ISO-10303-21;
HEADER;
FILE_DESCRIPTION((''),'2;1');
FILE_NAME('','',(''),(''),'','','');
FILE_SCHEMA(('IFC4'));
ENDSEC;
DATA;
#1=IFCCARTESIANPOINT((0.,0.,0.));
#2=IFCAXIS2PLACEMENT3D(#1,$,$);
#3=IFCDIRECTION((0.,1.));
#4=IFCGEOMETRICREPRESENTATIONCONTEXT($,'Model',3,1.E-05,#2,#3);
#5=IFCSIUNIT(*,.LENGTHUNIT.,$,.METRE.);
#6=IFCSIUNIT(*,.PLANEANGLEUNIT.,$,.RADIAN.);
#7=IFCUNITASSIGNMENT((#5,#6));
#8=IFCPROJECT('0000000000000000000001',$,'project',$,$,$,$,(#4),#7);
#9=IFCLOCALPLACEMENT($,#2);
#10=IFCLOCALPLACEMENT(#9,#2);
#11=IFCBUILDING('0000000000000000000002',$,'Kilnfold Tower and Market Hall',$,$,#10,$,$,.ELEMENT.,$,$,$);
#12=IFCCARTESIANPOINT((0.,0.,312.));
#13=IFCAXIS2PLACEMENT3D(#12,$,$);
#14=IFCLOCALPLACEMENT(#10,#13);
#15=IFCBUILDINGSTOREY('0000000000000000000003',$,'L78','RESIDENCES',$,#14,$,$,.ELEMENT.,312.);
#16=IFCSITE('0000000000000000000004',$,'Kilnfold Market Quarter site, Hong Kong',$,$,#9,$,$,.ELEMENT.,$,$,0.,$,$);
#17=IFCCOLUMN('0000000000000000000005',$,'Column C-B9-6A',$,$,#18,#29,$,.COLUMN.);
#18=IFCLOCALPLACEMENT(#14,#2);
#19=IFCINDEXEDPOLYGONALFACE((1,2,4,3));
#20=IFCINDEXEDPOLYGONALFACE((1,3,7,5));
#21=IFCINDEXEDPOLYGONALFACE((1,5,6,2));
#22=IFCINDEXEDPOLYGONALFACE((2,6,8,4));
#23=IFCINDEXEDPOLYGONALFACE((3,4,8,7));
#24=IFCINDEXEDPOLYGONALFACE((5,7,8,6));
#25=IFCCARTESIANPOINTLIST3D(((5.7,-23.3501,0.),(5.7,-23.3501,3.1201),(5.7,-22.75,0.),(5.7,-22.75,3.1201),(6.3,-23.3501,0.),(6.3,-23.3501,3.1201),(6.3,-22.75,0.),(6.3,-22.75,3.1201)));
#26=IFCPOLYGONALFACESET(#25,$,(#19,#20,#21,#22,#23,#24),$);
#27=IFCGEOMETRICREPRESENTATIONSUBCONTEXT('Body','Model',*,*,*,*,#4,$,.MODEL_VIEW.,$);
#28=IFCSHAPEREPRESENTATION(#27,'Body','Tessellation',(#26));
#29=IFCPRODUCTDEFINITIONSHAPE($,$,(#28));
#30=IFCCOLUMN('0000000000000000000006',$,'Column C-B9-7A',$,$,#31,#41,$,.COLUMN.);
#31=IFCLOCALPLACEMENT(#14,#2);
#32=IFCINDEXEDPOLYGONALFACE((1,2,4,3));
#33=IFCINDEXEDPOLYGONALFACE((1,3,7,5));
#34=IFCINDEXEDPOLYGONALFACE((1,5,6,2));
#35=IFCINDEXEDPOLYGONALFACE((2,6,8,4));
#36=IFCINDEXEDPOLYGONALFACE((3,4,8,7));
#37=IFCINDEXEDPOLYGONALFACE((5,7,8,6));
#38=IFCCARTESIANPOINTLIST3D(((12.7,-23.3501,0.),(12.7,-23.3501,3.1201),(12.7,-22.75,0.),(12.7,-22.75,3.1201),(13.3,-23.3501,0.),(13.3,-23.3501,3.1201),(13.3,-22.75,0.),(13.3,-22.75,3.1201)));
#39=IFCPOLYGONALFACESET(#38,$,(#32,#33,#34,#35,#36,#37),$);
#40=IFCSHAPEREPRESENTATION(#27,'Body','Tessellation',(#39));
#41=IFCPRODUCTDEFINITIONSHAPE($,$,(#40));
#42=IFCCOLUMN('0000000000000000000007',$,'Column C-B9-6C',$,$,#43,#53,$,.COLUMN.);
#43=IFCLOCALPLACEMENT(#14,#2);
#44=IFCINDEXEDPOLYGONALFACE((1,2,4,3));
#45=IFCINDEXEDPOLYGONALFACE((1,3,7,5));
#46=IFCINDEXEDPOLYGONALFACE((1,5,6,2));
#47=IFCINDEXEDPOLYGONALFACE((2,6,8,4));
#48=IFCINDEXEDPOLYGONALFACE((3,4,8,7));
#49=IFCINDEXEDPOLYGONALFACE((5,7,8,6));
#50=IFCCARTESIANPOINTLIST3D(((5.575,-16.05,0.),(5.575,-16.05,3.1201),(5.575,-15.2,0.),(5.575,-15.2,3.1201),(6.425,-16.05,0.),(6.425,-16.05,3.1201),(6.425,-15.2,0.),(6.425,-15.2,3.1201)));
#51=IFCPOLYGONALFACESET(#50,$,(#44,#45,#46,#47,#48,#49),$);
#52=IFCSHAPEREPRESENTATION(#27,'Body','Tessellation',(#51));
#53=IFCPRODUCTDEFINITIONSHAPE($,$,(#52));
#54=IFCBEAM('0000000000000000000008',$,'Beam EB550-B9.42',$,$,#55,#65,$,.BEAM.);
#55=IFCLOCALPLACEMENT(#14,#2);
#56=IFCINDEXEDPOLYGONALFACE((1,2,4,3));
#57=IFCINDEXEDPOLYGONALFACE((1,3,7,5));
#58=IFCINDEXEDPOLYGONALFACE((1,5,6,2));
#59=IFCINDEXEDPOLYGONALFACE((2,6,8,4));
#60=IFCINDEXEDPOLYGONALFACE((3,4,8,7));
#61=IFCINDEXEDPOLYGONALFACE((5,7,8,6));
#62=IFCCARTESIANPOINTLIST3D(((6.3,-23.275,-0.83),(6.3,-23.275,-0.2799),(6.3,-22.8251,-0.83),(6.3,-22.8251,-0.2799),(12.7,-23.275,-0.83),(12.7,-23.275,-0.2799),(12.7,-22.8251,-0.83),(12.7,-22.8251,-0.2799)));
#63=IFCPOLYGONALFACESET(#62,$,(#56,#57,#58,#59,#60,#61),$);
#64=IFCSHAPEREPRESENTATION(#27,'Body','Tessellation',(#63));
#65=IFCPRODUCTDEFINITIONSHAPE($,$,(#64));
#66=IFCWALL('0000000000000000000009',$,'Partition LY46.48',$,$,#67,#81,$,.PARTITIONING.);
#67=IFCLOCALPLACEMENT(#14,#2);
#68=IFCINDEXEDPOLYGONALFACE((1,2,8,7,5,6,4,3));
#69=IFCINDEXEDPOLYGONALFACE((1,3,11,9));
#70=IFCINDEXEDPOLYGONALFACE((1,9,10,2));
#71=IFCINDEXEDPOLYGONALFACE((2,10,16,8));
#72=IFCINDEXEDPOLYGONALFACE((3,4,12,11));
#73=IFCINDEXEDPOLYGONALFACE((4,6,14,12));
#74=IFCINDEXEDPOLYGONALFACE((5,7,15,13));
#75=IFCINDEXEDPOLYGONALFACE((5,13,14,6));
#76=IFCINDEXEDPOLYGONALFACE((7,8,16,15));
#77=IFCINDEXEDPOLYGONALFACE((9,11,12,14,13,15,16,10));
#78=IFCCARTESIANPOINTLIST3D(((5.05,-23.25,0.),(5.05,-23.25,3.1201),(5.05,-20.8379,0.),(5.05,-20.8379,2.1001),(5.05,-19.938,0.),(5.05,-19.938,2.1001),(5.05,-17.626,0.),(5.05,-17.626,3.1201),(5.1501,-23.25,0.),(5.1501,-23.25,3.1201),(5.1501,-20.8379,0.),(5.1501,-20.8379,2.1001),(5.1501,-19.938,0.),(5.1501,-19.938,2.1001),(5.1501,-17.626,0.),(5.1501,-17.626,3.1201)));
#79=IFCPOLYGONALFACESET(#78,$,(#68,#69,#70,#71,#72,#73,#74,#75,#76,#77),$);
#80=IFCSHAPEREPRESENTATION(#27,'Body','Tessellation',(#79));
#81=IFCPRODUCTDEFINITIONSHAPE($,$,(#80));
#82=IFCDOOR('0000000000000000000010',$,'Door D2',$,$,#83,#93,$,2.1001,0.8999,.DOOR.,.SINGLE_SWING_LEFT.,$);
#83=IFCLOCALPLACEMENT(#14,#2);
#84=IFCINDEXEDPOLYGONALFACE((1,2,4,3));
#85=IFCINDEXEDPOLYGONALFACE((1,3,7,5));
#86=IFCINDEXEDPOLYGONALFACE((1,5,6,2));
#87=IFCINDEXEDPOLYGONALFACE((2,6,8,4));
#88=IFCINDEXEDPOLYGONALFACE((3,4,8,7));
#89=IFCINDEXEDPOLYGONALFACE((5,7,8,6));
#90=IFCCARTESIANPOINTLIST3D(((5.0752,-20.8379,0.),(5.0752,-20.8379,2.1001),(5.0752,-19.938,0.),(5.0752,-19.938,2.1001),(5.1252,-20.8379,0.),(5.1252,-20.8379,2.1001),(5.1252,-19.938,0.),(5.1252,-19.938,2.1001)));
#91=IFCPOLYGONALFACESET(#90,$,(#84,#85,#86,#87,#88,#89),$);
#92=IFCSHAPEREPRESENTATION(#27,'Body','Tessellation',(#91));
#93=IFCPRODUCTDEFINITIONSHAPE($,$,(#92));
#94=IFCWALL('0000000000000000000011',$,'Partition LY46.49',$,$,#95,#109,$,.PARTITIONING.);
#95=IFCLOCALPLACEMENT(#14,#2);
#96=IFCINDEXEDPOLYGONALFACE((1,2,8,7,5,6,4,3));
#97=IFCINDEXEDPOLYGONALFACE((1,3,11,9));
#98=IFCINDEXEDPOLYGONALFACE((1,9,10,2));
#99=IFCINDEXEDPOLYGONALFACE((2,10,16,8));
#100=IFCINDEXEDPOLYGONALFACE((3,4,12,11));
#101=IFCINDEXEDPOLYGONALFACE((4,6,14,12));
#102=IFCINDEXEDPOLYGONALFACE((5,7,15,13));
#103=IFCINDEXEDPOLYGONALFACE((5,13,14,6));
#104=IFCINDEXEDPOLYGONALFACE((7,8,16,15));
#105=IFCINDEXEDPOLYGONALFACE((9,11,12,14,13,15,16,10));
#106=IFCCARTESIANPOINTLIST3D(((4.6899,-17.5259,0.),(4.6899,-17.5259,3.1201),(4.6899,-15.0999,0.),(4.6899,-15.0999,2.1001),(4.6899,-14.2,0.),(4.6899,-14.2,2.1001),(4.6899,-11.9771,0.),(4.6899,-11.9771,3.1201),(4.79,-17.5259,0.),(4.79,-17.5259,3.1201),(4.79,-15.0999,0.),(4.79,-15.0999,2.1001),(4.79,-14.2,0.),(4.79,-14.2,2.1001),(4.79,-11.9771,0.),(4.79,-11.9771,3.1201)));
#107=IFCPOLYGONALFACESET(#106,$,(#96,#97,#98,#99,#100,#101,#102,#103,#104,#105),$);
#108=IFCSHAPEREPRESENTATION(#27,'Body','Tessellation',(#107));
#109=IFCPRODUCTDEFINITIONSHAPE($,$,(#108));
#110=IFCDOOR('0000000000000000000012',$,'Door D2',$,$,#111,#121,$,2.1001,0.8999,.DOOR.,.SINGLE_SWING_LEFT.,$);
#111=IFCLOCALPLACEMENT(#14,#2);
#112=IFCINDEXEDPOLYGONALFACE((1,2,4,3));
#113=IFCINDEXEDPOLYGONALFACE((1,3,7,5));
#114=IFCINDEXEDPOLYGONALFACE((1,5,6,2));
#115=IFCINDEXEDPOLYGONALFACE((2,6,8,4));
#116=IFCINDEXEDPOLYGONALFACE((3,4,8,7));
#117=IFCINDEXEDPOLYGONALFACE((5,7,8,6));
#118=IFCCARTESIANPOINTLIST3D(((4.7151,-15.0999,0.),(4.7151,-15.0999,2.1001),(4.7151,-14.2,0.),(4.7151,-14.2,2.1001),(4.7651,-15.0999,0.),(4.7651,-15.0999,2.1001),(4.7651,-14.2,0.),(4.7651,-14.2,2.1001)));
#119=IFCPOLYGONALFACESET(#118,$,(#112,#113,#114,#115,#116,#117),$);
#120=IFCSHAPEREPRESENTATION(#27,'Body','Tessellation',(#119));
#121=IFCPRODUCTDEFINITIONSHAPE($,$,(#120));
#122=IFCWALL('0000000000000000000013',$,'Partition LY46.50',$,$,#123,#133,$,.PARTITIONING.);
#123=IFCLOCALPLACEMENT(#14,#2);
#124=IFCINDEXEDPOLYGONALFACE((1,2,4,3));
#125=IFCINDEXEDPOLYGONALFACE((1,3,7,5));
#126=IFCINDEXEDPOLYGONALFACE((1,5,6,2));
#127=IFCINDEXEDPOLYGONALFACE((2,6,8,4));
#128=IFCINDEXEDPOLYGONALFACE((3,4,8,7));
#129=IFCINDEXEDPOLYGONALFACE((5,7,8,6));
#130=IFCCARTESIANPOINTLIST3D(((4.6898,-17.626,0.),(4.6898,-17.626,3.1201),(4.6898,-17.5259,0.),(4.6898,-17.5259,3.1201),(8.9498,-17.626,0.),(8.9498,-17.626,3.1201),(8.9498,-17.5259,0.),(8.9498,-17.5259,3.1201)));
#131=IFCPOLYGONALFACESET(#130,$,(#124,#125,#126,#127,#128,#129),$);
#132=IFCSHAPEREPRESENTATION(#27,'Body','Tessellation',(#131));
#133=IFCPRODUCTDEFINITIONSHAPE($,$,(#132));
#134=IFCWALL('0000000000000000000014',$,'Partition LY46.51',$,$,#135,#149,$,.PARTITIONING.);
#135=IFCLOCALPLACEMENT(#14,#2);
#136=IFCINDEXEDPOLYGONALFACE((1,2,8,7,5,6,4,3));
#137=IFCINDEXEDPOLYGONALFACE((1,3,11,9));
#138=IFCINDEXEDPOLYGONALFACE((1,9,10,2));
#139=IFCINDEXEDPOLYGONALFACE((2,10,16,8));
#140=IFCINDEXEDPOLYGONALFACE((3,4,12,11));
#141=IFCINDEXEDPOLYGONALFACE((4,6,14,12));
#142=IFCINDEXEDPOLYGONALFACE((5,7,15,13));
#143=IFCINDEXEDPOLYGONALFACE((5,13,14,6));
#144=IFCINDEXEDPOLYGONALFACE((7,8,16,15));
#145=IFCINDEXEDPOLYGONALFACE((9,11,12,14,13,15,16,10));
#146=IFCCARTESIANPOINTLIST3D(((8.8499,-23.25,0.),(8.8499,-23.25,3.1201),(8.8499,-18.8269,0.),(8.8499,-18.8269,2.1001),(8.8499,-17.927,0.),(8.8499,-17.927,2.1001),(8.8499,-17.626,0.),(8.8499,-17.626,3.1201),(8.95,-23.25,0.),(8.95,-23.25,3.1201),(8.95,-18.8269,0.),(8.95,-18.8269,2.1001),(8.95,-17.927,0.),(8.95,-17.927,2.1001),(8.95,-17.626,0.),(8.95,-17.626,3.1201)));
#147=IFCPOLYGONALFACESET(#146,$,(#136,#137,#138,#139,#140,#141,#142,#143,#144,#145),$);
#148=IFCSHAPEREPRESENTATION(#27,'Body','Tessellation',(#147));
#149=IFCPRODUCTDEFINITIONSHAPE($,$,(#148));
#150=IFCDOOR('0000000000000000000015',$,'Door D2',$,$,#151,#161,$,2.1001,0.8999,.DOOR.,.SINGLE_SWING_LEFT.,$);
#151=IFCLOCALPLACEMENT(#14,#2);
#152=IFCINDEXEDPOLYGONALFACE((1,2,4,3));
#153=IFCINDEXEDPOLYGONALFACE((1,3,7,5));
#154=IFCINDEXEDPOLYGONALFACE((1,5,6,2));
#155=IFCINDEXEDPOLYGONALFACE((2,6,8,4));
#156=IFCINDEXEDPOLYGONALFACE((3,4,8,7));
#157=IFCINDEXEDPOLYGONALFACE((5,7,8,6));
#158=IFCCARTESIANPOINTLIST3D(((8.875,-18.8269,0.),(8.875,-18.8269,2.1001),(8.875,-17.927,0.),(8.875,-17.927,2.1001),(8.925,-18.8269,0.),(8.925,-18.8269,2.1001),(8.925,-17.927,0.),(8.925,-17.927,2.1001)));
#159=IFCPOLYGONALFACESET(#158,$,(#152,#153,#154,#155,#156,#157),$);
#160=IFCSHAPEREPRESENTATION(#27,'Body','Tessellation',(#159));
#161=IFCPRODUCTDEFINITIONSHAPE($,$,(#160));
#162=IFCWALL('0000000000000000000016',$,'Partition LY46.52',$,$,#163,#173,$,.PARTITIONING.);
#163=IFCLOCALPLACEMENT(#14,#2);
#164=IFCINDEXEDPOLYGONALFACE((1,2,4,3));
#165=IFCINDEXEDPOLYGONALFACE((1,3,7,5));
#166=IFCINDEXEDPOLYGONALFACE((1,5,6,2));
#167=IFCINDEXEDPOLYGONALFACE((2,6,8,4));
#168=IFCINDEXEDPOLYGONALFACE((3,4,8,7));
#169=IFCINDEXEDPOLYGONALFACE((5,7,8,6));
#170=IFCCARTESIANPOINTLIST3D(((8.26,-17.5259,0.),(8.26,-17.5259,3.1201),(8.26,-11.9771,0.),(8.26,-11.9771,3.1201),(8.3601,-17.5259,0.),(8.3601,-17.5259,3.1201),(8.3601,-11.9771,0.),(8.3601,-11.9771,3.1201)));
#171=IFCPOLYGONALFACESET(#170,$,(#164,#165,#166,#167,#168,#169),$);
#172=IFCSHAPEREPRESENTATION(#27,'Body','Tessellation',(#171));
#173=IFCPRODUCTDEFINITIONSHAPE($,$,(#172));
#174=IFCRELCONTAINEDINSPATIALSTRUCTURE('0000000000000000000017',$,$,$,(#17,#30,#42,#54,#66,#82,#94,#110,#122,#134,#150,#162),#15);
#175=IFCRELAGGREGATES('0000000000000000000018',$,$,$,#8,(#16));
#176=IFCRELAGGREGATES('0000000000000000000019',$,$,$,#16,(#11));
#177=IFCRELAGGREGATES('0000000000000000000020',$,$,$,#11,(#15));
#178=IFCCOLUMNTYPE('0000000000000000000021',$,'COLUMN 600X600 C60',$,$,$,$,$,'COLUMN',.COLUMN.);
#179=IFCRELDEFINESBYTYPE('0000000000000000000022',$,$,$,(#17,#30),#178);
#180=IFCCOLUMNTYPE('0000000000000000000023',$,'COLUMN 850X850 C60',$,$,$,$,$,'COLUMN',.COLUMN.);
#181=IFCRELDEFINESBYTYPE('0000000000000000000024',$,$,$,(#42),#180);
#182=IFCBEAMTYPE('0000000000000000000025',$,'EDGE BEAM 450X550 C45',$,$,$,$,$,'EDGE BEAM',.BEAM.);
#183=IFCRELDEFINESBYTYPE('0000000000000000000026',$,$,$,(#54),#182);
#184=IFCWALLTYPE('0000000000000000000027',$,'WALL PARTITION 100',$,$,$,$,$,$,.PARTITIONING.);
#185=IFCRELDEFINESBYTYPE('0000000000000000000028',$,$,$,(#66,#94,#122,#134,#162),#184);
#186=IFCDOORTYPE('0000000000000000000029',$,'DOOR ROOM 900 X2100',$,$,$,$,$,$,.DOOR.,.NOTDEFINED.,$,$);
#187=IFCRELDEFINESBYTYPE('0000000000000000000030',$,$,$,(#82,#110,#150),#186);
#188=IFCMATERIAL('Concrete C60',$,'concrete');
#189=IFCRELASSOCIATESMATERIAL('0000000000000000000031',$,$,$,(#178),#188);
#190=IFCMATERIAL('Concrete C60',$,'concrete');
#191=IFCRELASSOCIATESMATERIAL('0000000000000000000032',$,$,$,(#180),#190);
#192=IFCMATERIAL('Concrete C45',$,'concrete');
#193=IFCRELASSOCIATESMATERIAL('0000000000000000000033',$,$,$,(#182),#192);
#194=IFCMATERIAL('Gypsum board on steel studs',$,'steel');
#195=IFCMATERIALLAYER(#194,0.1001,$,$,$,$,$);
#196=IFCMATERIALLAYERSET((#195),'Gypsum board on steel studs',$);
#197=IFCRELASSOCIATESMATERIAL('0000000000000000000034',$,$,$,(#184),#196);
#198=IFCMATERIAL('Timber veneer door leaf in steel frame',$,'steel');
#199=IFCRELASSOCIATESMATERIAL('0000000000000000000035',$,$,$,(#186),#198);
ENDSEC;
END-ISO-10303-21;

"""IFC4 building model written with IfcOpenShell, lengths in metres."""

from ifc_helpers import new_model, si_unit, direction, frame, frame_2d, origin, origin_2d, place, context, subcontext, project, spatial, rectangle, extrude, source, transform, mapped, material, layer, layer_set, material_profile, profile_set, type_object, element, fill, save


model = new_model("IFC4")

# Units and contexts
model_context = context("Model", 3, precision=1e-05, world=origin(), true_north=direction((0.0, 1.0)))
body_context = subcontext(model_context, "Body", "Model", "MODEL_VIEW")
ifc_project = project(units=[si_unit("LENGTHUNIT", "METRE"), si_unit("PLANEANGLEUNIT", "RADIAN")], contexts=[model_context])

# Site, building, storey
site_placement = place(None, origin())
site = spatial("IfcSite", under=ifc_project, at=site_placement, Name="Kilnfold Market Quarter site, Hong Kong", CompositionType="ELEMENT", RefElevation=0.0)
building_placement = place(site_placement, origin())
building = spatial("IfcBuilding", under=site, at=building_placement, Name="Kilnfold Tower and Market Hall", CompositionType="ELEMENT")
storey_placement = place(building_placement, frame((0.0, 0.0, 312.0)))
storey = spatial("IfcBuildingStorey", under=building, at=storey_placement, Name="L78", Description="RESIDENCES", CompositionType="ELEMENT", Elevation=312.0)

# Columns
ifc_material_1 = material(Name="Concrete C60", Category="concrete")
ifc_material_profile_1 = material_profile(ifc_material_1, rectangle(XDim=0.6001, YDim=0.6001, at=origin_2d()), Name="RC 600x600")
ifc_profile_set_1 = profile_set([ifc_material_profile_1], Name="Concrete C60")
column_type_1 = type_object("IfcColumnType", Name="COLUMN 600X600 C60", ElementType="COLUMN", PredefinedType="COLUMN", material=ifc_profile_set_1)
shared_shape_1 = source(origin(), body_context, "Body", "SweptSolid", [
    extrude(rectangle(XDim=0.6001, YDim=0.6001, at=origin_2d()), origin(), (0.0, 0.0, 1.0), 3.1201),
])
for number, where, z_axis, x_axis, name in (
    (1, (6.0, -23.05, 0.0), (0.0, 0.0, 1.0), (1.0, 0.0, 0.0), "Column C-B9-6A"),
    (2, (13.0, -23.05, 0.0), (0.0, 0.0, 1.0), (1.0, 0.0, 0.0), "Column C-B9-7A"),
):
    element("IfcColumn", number, at=place(storey_placement, frame(where, z_axis=z_axis, x_axis=x_axis)), inside=storey, type_object=column_type_1, Name=name, PredefinedType="COLUMN", context=body_context, shape_type="MappedRepresentation", body=[
        mapped(shared_shape_1, transform((0.0, 0.0, 0.0))),
    ])
ifc_material_2 = material(Name="Concrete C60", Category="concrete")
ifc_material_profile_2 = material_profile(ifc_material_2, rectangle(XDim=0.8501, YDim=0.8501, at=origin_2d()), Name="RC 850x850")
ifc_profile_set_2 = profile_set([ifc_material_profile_2], Name="Concrete C60")
column_type_2 = type_object("IfcColumnType", Name="COLUMN 850X850 C60", ElementType="COLUMN", PredefinedType="COLUMN", material=ifc_profile_set_2)
shared_shape_2 = source(origin(), body_context, "Body", "SweptSolid", [
    extrude(rectangle(XDim=0.8501, YDim=0.8501, at=origin_2d()), origin(), (0.0, 0.0, 1.0), 3.1201),
])
column_placement = place(storey_placement, frame((6.0, -15.625, 0.0), z_axis=(0.0, 0.0, 1.0), x_axis=(1.0, 0.0, 0.0)))
element("IfcColumn", 3, at=column_placement, inside=storey, type_object=column_type_2, Name="Column C-B9-6C", PredefinedType="COLUMN", context=body_context, shape_type="MappedRepresentation", body=[
    mapped(shared_shape_2, transform((0.0, 0.0, 0.0))),
])

# Beam
ifc_material_3 = material(Name="Concrete C45", Category="concrete")
ifc_material_profile_3 = material_profile(ifc_material_3, rectangle(XDim=0.45, YDim=0.55, at=origin_2d()), Name="RC 450x550")
ifc_profile_set_3 = profile_set([ifc_material_profile_3], Name="Concrete C45")
beam_type = type_object("IfcBeamType", Name="EDGE BEAM 450X550 C45", ElementType="EDGE BEAM", PredefinedType="BEAM", material=ifc_profile_set_3)
shared_shape_3 = source(origin(), body_context, "Body", "SweptSolid", [
    extrude(rectangle(XDim=0.45, YDim=0.55, at=origin_2d()), origin(), (0.0, 0.0, 1.0), 6.3999),
])
beam_placement = place(storey_placement, frame((6.3, -23.05, -0.5549), z_axis=(1.0, 0.0, 0.0), x_axis=(0.0, 1.0, 0.0)))
element("IfcBeam", 4, at=beam_placement, inside=storey, type_object=beam_type, Name="Beam EB550-B9.42", PredefinedType="BEAM", context=body_context, shape_type="MappedRepresentation", body=[
    mapped(shared_shape_3, transform((0.0, 0.0, 0.0))),
])

# Walls, openings, doors
ifc_material_4 = material(Name="Gypsum board on steel studs", Category="steel")
ifc_layer_1 = layer(ifc_material_4, 0.1001)
ifc_layer_set_1 = layer_set([ifc_layer_1], Name="Gypsum board on steel studs")
wall_type_1 = type_object("IfcWallType", Name="WALL PARTITION 100", PredefinedType="PARTITIONING", material=ifc_layer_set_1)
wall_1_placement = place(storey_placement, frame((5.1001, -23.25, 0.0), z_axis=(0.0, 0.0, 1.0), x_axis=(0.0, 1.0, 0.0)))
wall_1 = element("IfcWall", 5, at=wall_1_placement, inside=storey, type_object=wall_type_1, Name="Partition LY46.48", PredefinedType="PARTITIONING", context=body_context, shape_type="SweptSolid", body=[
    extrude(rectangle(XDim=5.624, YDim=0.1001, at=frame_2d((2.812, 0.0))), origin(), (0.0, 0.0, 1.0), 3.1201),
])
opening_1_placement = place(wall_1_placement, frame((2.4121, 0.0, 0.0)))
opening_1 = element("IfcOpeningElement", 6, at=opening_1_placement, cuts=wall_1, PredefinedType="OPENING", context=body_context, shape_type="SweptSolid", body=[
    extrude(rectangle(XDim=0.8999, YDim=2.1001, at=frame_2d((0.45, 1.05))), frame((0.0, 0.0601, 0.0), z_axis=(0.0, -1.0, 0.0), x_axis=(1.0, 0.0, 0.0)), (0.0, 0.0, 1.0), 0.1201),
])
ifc_material_5 = material(Name="Timber veneer door leaf in steel frame", Category="steel")
door_type_1 = type_object("IfcDoorType", Name="DOOR ROOM 900 X2100", OperationType="NOTDEFINED", PredefinedType="DOOR", material=ifc_material_5)
door_1_placement = place(opening_1_placement, origin())
door_1 = element("IfcDoor", 7, at=door_1_placement, inside=storey, type_object=door_type_1, Name="Door D2", OperationType="SINGLE_SWING_LEFT", OverallHeight=2.1001, OverallWidth=0.8999, PredefinedType="DOOR", context=body_context, shape_type="SweptSolid", body=[
    extrude(rectangle(XDim=0.8999, YDim=2.1001, at=frame_2d((0.45, 1.05))), frame((0.0, 0.0249, 0.0), z_axis=(0.0, -1.0, 0.0), x_axis=(1.0, 0.0, 0.0)), (0.0, 0.0, 1.0), 0.05),
])
fill(opening_1, door_1)
wall_2_placement = place(storey_placement, frame((4.74, -17.5259, 0.0), z_axis=(0.0, 0.0, 1.0), x_axis=(0.0, 1.0, 0.0)))
wall_2 = element("IfcWall", 8, at=wall_2_placement, inside=storey, type_object=wall_type_1, Name="Partition LY46.49", PredefinedType="PARTITIONING", context=body_context, shape_type="SweptSolid", body=[
    extrude(rectangle(XDim=5.5488, YDim=0.1001, at=frame_2d((2.7744, 0.0))), origin(), (0.0, 0.0, 1.0), 3.1201),
])
opening_2_placement = place(wall_2_placement, frame((2.426, 0.0, 0.0)))
opening_2 = element("IfcOpeningElement", 9, at=opening_2_placement, cuts=wall_2, PredefinedType="OPENING", context=body_context, shape_type="SweptSolid", body=[
    extrude(rectangle(XDim=0.8999, YDim=2.1001, at=frame_2d((0.45, 1.05))), frame((0.0, 0.0601, 0.0), z_axis=(0.0, -1.0, 0.0), x_axis=(1.0, 0.0, 0.0)), (0.0, 0.0, 1.0), 0.1201),
])
door_2_placement = place(opening_2_placement, origin())
door_2 = element("IfcDoor", 10, at=door_2_placement, inside=storey, type_object=door_type_1, Name="Door D2", OperationType="SINGLE_SWING_LEFT", OverallHeight=2.1001, OverallWidth=0.8999, PredefinedType="DOOR", context=body_context, shape_type="SweptSolid", body=[
    extrude(rectangle(XDim=0.8999, YDim=2.1001, at=frame_2d((0.45, 1.05))), frame((0.0, 0.0249, 0.0), z_axis=(0.0, -1.0, 0.0), x_axis=(1.0, 0.0, 0.0)), (0.0, 0.0, 1.0), 0.05),
])
fill(opening_2, door_2)

# Wall
wall_3_placement = place(storey_placement, frame((4.6899, -17.5759, 0.0), z_axis=(0.0, 0.0, 1.0), x_axis=(1.0, 0.0, 0.0)))
element("IfcWall", 11, at=wall_3_placement, inside=storey, type_object=wall_type_1, Name="Partition LY46.50", PredefinedType="PARTITIONING", context=body_context, shape_type="SweptSolid", body=[
    extrude(rectangle(XDim=4.26, YDim=0.1001, at=frame_2d((2.1299, 0.0))), origin(), (0.0, 0.0, 1.0), 3.1201),
])

# Wall, opening, door
wall_4_placement = place(storey_placement, frame((8.8999, -23.25, 0.0), z_axis=(0.0, 0.0, 1.0), x_axis=(0.0, 1.0, 0.0)))
wall_4 = element("IfcWall", 12, at=wall_4_placement, inside=storey, type_object=wall_type_1, Name="Partition LY46.51", PredefinedType="PARTITIONING", context=body_context, shape_type="SweptSolid", body=[
    extrude(rectangle(XDim=5.624, YDim=0.1001, at=frame_2d((2.812, 0.0))), origin(), (0.0, 0.0, 1.0), 3.1201),
])
opening_3_placement = place(wall_4_placement, frame((4.4231, 0.0, 0.0)))
opening_3 = element("IfcOpeningElement", 13, at=opening_3_placement, cuts=wall_4, PredefinedType="OPENING", context=body_context, shape_type="SweptSolid", body=[
    extrude(rectangle(XDim=0.8999, YDim=2.1001, at=frame_2d((0.45, 1.05))), frame((0.0, 0.0601, 0.0), z_axis=(0.0, -1.0, 0.0), x_axis=(1.0, 0.0, 0.0)), (0.0, 0.0, 1.0), 0.1201),
])
door_3_placement = place(opening_3_placement, origin())
door_3 = element("IfcDoor", 14, at=door_3_placement, inside=storey, type_object=door_type_1, Name="Door D2", OperationType="SINGLE_SWING_LEFT", OverallHeight=2.1001, OverallWidth=0.8999, PredefinedType="DOOR", context=body_context, shape_type="SweptSolid", body=[
    extrude(rectangle(XDim=0.8999, YDim=2.1001, at=frame_2d((0.45, 1.05))), frame((0.0, 0.0249, 0.0), z_axis=(0.0, -1.0, 0.0), x_axis=(1.0, 0.0, 0.0)), (0.0, 0.0, 1.0), 0.05),
])
fill(opening_3, door_3)

# Wall
wall_5_placement = place(storey_placement, frame((8.3101, -17.5259, 0.0), z_axis=(0.0, 0.0, 1.0), x_axis=(0.0, 1.0, 0.0)))
element("IfcWall", 15, at=wall_5_placement, inside=storey, type_object=wall_type_1, Name="Partition LY46.52", PredefinedType="PARTITIONING", context=body_context, shape_type="SweptSolid", body=[
    extrude(rectangle(XDim=5.5488, YDim=0.1001, at=frame_2d((2.7744, 0.0))), origin(), (0.0, 0.0, 1.0), 3.1201),
])

save(model, "model.ifc")
